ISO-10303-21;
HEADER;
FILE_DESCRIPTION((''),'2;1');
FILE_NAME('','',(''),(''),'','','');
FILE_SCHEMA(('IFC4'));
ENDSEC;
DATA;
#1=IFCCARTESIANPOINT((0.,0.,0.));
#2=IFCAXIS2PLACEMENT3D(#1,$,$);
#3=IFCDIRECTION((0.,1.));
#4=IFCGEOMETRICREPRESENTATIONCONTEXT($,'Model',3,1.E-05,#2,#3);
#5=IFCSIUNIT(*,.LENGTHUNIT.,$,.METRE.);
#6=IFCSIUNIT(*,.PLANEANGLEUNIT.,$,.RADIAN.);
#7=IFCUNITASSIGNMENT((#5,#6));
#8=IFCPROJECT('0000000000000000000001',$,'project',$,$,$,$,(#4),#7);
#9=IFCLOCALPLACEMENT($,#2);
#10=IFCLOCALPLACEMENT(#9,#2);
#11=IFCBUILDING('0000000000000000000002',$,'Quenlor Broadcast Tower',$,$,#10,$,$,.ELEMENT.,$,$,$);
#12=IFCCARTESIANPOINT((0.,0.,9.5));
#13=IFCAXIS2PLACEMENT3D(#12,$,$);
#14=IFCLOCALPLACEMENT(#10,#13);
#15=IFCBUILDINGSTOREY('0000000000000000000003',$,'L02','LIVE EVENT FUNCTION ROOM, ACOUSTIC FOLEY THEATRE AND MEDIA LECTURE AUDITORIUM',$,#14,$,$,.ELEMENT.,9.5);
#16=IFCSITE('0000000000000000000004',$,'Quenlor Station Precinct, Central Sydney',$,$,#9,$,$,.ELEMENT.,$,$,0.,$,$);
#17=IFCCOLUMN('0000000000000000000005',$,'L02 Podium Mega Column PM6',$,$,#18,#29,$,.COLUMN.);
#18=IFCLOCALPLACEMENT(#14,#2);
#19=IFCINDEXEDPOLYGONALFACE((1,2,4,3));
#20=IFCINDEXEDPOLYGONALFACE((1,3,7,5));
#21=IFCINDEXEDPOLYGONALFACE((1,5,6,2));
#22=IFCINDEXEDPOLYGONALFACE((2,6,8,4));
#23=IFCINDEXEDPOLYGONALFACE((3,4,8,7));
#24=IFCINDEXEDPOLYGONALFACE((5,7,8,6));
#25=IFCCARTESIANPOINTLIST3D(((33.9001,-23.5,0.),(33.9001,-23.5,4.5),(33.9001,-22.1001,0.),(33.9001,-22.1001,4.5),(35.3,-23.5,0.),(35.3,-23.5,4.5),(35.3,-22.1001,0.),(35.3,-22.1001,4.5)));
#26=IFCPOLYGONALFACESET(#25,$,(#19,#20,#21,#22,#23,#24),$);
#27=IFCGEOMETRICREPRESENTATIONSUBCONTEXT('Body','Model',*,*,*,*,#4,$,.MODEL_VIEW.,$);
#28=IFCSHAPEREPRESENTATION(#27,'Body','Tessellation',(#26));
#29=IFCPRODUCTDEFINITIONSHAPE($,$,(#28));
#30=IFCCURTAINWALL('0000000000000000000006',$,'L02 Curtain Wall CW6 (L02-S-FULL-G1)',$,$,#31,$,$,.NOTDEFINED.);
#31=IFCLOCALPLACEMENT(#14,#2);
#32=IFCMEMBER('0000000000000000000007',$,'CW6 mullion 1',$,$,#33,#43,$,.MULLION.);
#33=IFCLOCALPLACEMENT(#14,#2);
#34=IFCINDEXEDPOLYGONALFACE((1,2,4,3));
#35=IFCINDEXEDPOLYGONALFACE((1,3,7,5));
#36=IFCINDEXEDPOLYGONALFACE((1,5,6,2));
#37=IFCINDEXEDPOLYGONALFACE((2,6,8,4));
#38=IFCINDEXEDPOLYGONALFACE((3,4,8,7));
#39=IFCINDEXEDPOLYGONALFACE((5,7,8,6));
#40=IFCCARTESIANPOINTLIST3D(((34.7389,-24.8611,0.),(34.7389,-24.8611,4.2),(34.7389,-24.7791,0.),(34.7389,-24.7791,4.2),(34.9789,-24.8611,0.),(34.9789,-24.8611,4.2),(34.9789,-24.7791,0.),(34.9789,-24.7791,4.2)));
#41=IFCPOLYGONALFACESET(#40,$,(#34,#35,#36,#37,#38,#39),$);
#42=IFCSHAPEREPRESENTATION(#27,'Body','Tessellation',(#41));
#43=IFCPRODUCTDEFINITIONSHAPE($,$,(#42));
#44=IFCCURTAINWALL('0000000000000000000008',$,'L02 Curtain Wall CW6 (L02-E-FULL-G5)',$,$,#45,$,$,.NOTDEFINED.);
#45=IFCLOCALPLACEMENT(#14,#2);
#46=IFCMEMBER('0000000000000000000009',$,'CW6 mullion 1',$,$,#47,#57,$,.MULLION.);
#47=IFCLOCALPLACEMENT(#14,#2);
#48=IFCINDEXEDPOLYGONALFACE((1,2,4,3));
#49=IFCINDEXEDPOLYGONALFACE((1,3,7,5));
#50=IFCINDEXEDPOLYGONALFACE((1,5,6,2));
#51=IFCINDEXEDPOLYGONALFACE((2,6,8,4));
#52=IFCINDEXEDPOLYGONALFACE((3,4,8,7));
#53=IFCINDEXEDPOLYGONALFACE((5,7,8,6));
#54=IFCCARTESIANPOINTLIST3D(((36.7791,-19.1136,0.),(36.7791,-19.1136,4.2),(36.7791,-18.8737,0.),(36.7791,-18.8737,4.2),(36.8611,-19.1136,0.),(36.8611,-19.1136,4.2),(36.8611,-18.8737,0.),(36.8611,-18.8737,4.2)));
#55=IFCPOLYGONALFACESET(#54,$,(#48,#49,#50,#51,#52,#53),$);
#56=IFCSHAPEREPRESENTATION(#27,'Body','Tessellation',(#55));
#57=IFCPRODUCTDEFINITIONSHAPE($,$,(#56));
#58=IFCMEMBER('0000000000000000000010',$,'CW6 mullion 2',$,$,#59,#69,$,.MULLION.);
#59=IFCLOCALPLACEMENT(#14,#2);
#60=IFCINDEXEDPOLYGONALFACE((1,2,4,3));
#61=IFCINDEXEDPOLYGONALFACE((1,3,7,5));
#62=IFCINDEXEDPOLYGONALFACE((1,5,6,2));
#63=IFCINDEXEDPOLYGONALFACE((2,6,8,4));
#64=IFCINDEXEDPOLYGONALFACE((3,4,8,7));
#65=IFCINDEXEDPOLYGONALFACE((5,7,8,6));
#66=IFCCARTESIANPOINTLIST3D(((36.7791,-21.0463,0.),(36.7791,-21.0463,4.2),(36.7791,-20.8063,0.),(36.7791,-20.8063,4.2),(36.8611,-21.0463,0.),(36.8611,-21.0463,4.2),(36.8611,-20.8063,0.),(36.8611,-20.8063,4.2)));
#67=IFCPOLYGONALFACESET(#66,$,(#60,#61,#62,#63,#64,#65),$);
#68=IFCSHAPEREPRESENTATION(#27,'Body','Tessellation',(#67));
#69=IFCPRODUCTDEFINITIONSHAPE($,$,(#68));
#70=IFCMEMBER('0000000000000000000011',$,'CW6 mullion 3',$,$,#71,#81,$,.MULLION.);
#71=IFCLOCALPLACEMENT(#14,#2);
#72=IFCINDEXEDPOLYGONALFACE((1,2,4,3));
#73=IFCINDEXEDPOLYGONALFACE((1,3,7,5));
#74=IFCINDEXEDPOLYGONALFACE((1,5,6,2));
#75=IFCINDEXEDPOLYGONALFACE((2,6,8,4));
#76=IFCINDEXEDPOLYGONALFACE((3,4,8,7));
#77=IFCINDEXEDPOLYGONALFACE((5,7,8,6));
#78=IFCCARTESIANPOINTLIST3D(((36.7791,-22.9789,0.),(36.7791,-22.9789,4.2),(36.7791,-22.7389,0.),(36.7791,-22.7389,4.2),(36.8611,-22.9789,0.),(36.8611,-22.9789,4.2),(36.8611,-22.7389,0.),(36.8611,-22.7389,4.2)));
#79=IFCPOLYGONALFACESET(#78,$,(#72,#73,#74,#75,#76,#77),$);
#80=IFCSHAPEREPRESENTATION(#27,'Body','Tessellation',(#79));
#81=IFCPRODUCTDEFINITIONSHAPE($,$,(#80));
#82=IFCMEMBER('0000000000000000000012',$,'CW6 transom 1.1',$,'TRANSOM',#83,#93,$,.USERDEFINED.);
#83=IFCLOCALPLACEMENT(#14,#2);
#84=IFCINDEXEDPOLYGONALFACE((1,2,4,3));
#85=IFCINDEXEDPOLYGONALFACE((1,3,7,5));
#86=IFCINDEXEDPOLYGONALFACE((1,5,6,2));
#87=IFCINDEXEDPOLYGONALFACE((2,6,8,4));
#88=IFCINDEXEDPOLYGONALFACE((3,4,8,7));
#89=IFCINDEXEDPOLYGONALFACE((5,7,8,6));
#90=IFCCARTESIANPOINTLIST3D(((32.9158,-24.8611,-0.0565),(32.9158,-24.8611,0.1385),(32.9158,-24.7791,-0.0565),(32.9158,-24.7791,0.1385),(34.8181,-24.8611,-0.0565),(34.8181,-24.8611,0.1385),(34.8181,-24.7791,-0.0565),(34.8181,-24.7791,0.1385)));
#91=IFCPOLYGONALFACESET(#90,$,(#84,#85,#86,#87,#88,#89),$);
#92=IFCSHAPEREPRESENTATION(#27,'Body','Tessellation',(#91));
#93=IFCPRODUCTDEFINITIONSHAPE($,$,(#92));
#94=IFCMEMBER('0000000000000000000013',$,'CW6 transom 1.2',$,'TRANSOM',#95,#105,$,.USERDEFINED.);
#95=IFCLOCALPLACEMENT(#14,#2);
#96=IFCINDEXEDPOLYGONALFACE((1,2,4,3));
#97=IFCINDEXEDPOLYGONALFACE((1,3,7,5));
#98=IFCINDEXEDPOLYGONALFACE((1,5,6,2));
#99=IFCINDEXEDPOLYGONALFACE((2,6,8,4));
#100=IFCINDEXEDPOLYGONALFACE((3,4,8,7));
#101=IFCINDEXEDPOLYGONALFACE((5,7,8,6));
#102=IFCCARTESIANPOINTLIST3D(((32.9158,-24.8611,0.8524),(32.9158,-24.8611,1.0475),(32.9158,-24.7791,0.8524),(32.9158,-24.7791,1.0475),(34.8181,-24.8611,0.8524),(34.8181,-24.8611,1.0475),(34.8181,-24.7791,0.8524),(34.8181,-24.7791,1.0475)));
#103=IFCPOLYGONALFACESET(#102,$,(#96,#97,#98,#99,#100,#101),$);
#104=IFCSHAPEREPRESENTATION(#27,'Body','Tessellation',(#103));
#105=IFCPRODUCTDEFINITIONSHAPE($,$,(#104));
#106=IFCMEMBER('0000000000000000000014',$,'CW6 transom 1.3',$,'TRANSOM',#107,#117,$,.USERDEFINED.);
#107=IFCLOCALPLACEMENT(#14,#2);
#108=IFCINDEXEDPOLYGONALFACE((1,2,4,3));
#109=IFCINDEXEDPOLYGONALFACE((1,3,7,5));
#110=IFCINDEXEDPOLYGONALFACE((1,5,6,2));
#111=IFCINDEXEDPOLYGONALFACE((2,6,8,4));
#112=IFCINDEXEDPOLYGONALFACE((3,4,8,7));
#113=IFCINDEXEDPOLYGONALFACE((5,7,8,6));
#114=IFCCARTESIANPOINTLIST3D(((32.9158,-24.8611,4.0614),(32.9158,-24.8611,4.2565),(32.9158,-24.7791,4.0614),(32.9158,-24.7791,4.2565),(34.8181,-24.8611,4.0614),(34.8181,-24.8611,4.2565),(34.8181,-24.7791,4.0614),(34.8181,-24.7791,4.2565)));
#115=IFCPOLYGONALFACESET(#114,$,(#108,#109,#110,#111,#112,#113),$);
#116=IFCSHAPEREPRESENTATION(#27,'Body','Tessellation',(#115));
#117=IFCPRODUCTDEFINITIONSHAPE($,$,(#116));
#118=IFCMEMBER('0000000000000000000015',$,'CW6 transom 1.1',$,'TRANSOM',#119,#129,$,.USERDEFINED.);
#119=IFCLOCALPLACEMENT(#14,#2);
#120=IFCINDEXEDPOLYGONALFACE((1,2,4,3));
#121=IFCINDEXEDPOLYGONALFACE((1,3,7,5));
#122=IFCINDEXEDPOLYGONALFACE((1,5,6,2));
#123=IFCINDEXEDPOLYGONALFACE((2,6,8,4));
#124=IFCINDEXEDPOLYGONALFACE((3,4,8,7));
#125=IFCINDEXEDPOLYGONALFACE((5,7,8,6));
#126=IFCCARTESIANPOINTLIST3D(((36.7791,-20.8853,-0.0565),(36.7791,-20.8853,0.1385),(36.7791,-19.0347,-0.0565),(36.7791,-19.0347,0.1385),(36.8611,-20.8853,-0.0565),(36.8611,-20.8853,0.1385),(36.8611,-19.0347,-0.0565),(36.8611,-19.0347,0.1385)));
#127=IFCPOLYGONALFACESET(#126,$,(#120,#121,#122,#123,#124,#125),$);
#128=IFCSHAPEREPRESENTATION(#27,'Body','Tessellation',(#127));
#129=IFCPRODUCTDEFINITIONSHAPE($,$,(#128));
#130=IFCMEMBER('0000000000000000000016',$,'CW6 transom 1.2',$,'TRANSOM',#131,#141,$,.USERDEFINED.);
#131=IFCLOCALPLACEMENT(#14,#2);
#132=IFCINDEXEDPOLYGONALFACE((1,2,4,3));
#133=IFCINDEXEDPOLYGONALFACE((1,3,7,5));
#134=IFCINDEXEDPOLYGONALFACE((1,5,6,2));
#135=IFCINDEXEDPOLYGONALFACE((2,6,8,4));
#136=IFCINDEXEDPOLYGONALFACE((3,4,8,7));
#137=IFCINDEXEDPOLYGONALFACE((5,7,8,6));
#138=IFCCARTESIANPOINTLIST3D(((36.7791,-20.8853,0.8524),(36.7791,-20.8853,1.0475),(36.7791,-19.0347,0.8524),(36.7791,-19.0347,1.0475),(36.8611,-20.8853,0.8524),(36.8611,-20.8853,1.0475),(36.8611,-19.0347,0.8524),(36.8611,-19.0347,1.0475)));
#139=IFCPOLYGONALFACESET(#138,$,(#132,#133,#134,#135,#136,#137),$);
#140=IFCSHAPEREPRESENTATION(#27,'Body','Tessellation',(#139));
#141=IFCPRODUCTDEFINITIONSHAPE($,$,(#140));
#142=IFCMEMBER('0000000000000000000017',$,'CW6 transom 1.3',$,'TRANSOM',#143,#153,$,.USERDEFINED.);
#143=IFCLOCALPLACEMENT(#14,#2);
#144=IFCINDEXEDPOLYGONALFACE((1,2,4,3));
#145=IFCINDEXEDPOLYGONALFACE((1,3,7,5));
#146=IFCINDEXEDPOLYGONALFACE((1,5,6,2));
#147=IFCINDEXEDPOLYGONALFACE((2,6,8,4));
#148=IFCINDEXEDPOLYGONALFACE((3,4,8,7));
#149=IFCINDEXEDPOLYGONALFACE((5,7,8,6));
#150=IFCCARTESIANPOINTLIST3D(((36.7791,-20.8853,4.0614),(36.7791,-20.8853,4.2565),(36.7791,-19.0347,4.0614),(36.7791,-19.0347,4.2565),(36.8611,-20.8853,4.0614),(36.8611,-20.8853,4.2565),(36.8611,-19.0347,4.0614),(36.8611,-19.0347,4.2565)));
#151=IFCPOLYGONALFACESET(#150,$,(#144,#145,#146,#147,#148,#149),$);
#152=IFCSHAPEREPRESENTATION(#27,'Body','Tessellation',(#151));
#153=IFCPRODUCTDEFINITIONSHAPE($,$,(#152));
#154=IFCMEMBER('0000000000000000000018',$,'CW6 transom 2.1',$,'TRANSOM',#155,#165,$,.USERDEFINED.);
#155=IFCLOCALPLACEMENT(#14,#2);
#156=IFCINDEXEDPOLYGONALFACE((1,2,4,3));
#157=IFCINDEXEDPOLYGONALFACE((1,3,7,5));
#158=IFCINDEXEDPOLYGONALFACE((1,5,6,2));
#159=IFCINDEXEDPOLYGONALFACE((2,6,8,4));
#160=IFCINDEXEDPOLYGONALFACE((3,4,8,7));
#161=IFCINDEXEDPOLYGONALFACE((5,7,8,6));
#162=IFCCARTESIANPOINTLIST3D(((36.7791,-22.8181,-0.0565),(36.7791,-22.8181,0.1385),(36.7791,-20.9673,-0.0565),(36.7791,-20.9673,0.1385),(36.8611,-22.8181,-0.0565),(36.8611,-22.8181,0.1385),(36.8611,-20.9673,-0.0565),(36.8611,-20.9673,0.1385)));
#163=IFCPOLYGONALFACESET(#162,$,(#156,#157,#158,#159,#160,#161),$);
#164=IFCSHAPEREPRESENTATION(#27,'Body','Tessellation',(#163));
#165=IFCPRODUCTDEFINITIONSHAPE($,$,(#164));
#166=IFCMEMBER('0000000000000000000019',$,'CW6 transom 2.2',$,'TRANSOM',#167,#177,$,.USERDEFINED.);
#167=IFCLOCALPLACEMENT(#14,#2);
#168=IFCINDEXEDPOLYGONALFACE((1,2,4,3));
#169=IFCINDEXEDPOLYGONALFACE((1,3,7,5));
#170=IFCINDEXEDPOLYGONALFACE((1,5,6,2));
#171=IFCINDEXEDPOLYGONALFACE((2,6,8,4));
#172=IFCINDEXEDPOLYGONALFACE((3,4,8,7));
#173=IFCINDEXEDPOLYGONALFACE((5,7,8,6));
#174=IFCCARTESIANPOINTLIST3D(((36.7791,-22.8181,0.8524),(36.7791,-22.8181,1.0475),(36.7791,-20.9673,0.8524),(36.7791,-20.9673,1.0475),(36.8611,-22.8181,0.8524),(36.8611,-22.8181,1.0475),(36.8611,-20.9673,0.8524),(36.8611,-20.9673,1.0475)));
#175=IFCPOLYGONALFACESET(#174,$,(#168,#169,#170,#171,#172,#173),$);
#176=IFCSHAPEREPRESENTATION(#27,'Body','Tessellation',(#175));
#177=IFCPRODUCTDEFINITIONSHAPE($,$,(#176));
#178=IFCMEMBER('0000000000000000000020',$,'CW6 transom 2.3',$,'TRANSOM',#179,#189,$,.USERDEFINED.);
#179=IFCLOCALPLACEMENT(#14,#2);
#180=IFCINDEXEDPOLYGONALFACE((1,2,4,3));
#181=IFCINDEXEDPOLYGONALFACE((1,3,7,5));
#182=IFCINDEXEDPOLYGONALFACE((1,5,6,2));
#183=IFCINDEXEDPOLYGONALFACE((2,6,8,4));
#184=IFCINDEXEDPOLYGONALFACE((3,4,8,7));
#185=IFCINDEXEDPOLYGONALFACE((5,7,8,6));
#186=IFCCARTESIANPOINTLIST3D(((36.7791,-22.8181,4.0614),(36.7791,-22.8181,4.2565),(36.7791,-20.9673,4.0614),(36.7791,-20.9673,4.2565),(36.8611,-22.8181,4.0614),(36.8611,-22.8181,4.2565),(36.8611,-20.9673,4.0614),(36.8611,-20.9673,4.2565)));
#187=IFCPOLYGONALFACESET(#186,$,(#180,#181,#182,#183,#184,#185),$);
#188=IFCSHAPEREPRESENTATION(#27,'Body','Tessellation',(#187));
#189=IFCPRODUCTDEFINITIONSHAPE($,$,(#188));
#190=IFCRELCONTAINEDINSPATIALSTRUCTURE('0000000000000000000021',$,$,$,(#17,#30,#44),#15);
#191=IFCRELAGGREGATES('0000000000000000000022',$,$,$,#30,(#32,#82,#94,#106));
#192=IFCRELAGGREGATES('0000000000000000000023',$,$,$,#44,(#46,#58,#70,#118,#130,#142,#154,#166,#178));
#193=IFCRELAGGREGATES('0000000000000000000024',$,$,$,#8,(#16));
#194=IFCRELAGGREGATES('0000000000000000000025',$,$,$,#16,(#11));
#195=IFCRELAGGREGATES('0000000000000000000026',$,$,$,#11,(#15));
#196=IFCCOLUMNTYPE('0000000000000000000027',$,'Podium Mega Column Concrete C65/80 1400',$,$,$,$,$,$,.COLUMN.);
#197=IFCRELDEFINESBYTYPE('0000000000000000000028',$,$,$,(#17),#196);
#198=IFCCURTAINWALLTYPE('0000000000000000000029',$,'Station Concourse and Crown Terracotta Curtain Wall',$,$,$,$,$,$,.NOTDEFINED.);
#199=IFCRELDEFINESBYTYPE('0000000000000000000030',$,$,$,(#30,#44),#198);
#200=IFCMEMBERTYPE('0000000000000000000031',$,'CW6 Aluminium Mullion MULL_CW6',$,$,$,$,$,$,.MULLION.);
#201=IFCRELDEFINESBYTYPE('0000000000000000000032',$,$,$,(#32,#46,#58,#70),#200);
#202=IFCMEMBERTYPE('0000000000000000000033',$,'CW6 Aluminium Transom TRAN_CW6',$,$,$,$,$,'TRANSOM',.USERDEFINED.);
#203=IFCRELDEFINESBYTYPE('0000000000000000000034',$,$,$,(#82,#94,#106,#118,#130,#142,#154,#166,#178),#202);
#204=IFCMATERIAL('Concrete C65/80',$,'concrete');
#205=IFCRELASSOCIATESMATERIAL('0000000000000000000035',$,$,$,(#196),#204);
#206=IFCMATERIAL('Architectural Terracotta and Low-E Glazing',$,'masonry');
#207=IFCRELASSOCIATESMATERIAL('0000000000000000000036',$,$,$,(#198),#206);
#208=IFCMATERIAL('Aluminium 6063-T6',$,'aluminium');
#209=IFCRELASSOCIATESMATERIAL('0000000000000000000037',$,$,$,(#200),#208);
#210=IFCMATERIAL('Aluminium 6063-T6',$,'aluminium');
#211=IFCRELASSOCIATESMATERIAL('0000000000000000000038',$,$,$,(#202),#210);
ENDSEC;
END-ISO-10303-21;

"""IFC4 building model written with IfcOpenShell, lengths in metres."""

from ifc_helpers import new_model, si_unit, direction, frame, origin, origin_2d, place, context, subcontext, project, spatial, rectangle, extrude, material, material_profile, profile_set, type_object, element, aggregate, save


model = new_model("IFC4")

# Units and contexts
model_context = context("Model", 3, precision=1e-05, world=origin(), true_north=direction((0.0, 1.0)))
body_context = subcontext(model_context, "Body", "Model", "MODEL_VIEW")
ifc_project = project(units=[si_unit("LENGTHUNIT", "METRE"), si_unit("PLANEANGLEUNIT", "RADIAN")], contexts=[model_context])

# Site, building, storey
site_placement = place(None, origin())
site = spatial("IfcSite", under=ifc_project, at=site_placement, Name="Quenlor Station Precinct, Central Sydney", CompositionType="ELEMENT", RefElevation=0.0)
building_placement = place(site_placement, origin())
building = spatial("IfcBuilding", under=site, at=building_placement, Name="Quenlor Broadcast Tower", CompositionType="ELEMENT")
storey_placement = place(building_placement, frame((0.0, 0.0, 9.5)))
storey = spatial("IfcBuildingStorey", under=building, at=storey_placement, Name="L02", Description="LIVE EVENT FUNCTION ROOM, ACOUSTIC FOLEY THEATRE AND MEDIA LECTURE AUDITORIUM", CompositionType="ELEMENT", Elevation=9.5)

# Column
ifc_material_1 = material(Name="Concrete C65/80", Category="concrete")
ifc_material_profile_1 = material_profile(ifc_material_1, rectangle(XDim=1.3999, YDim=1.3999, at=origin_2d()))
ifc_profile_set_1 = profile_set([ifc_material_profile_1], Name="Concrete C65/80 RC1400x1400")
column_type = type_object("IfcColumnType", Name="Podium Mega Column Concrete C65/80 1400", PredefinedType="COLUMN", material=ifc_profile_set_1)
column_placement = place(storey_placement, frame((34.6001, -22.8, 0.0), z_axis=(0.0, 0.0, 1.0), x_axis=(1.0, 0.0, 0.0)))
element("IfcColumn", 1, at=column_placement, inside=storey, type_object=column_type, Name="L02 Podium Mega Column PM6", PredefinedType="COLUMN", context=body_context, shape_type="SweptSolid", body=[
    extrude(rectangle(XDim=1.3999, YDim=1.3999, at=origin_2d()), origin(), (0.0, 0.0, 1.0), 4.5),
])

# Curtain wall, member
ifc_material_2 = material(Name="Architectural Terracotta and Low-E Glazing", Category="masonry")
curtain_wall_type = type_object("IfcCurtainWallType", Name="Station Concourse and Crown Terracotta Curtain Wall", PredefinedType="NOTDEFINED", material=ifc_material_2)
curtain_wall_1_placement = place(storey_placement, origin())
curtain_wall_1 = element("IfcCurtainWall", 2, at=curtain_wall_1_placement, inside=storey, type_object=curtain_wall_type, Name="L02 Curtain Wall CW6 (L02-S-FULL-G1)", PredefinedType="NOTDEFINED")
ifc_material_3 = material(Name="Aluminium 6063-T6", Category="aluminium")
ifc_material_profile_2 = material_profile(ifc_material_3, rectangle(XDim=0.082, YDim=0.24, at=origin_2d()))
ifc_profile_set_2 = profile_set([ifc_material_profile_2], Name="Aluminium 6063-T6 MULL82x240")
member_type_1 = type_object("IfcMemberType", Name="CW6 Aluminium Mullion MULL_CW6", PredefinedType="MULLION", material=ifc_profile_set_2)
member_1_placement = place(storey_placement, frame((34.8589, -24.8201, 0.0), z_axis=(0.0, 0.0, 1.0), x_axis=(0.0, -1.0, 0.0)))
member_1 = element("IfcMember", 3, at=member_1_placement, type_object=member_type_1, Name="CW6 mullion 1", PredefinedType="MULLION", context=body_context, shape_type="SweptSolid", body=[
    extrude(rectangle(XDim=0.082, YDim=0.24, at=origin_2d()), origin(), (0.0, 0.0, 1.0), 4.2),
])

# Curtain wall, members
curtain_wall_2_placement = place(storey_placement, origin())
curtain_wall_2 = element("IfcCurtainWall", 4, at=curtain_wall_2_placement, inside=storey, type_object=curtain_wall_type, Name="L02 Curtain Wall CW6 (L02-E-FULL-G5)", PredefinedType="NOTDEFINED")
member_2_placement = place(storey_placement, frame((36.8201, -18.9937, 0.0), z_axis=(0.0, 0.0, 1.0), x_axis=(1.0, 0.0, 0.0)))
member_2 = element("IfcMember", 5, at=member_2_placement, type_object=member_type_1, Name="CW6 mullion 1", PredefinedType="MULLION", context=body_context, shape_type="SweptSolid", body=[
    extrude(rectangle(XDim=0.082, YDim=0.24, at=origin_2d()), origin(), (0.0, 0.0, 1.0), 4.2),
])
member_3_placement = place(storey_placement, frame((36.8201, -20.9263, 0.0), z_axis=(0.0, 0.0, 1.0), x_axis=(1.0, 0.0, 0.0)))
member_3 = element("IfcMember", 6, at=member_3_placement, type_object=member_type_1, Name="CW6 mullion 2", PredefinedType="MULLION", context=body_context, shape_type="SweptSolid", body=[
    extrude(rectangle(XDim=0.082, YDim=0.24, at=origin_2d()), origin(), (0.0, 0.0, 1.0), 4.2),
])
member_4_placement = place(storey_placement, frame((36.8201, -22.8589, 0.0), z_axis=(0.0, 0.0, 1.0), x_axis=(1.0, 0.0, 0.0)))
member_4 = element("IfcMember", 7, at=member_4_placement, type_object=member_type_1, Name="CW6 mullion 3", PredefinedType="MULLION", context=body_context, shape_type="SweptSolid", body=[
    extrude(rectangle(XDim=0.082, YDim=0.24, at=origin_2d()), origin(), (0.0, 0.0, 1.0), 4.2),
])

# Members
ifc_material_4 = material(Name="Aluminium 6063-T6", Category="aluminium")
ifc_material_profile_3 = material_profile(ifc_material_4, rectangle(XDim=0.082, YDim=0.1951, at=origin_2d()))
ifc_profile_set_3 = profile_set([ifc_material_profile_3], Name="Aluminium 6063-T6 TRAN82x195")
member_type_2 = type_object("IfcMemberType", Name="CW6 Aluminium Transom TRAN_CW6", ElementType="TRANSOM", PredefinedType="USERDEFINED", material=ifc_profile_set_3)
member_5_placement = place(storey_placement, frame((34.8181, -24.8201, 0.041), z_axis=(-1.0, 0.0, 0.0), x_axis=(0.0, -1.0, 0.0)))
member_5 = element("IfcMember", 8, at=member_5_placement, type_object=member_type_2, Name="CW6 transom 1.1", ObjectType="TRANSOM", PredefinedType="USERDEFINED", context=body_context, shape_type="SweptSolid", body=[
    extrude(rectangle(XDim=0.082, YDim=0.1951, at=origin_2d()), origin(), (0.0, 0.0, 1.0), 1.9023),
])
member_6_placement = place(storey_placement, frame((34.8181, -24.8201, 0.95), z_axis=(-1.0, 0.0, 0.0), x_axis=(0.0, -1.0, 0.0)))
member_6 = element("IfcMember", 9, at=member_6_placement, type_object=member_type_2, Name="CW6 transom 1.2", ObjectType="TRANSOM", PredefinedType="USERDEFINED", context=body_context, shape_type="SweptSolid", body=[
    extrude(rectangle(XDim=0.082, YDim=0.1951, at=origin_2d()), origin(), (0.0, 0.0, 1.0), 1.9023),
])
member_7_placement = place(storey_placement, frame((34.8181, -24.8201, 4.1589), z_axis=(-1.0, 0.0, 0.0), x_axis=(0.0, -1.0, 0.0)))
member_7 = element("IfcMember", 10, at=member_7_placement, type_object=member_type_2, Name="CW6 transom 1.3", ObjectType="TRANSOM", PredefinedType="USERDEFINED", context=body_context, shape_type="SweptSolid", body=[
    extrude(rectangle(XDim=0.082, YDim=0.1951, at=origin_2d()), origin(), (0.0, 0.0, 1.0), 1.9023),
])
member_8_placement = place(storey_placement, frame((36.8201, -19.0347, 0.041), z_axis=(0.0, -1.0, 0.0), x_axis=(1.0, 0.0, 0.0)))
member_8 = element("IfcMember", 11, at=member_8_placement, type_object=member_type_2, Name="CW6 transom 1.1", ObjectType="TRANSOM", PredefinedType="USERDEFINED", context=body_context, shape_type="SweptSolid", body=[
    extrude(rectangle(XDim=0.082, YDim=0.1951, at=origin_2d()), origin(), (0.0, 0.0, 1.0), 1.8506),
])
member_9_placement = place(storey_placement, frame((36.8201, -19.0347, 0.95), z_axis=(0.0, -1.0, 0.0), x_axis=(1.0, 0.0, 0.0)))
member_9 = element("IfcMember", 12, at=member_9_placement, type_object=member_type_2, Name="CW6 transom 1.2", ObjectType="TRANSOM", PredefinedType="USERDEFINED", context=body_context, shape_type="SweptSolid", body=[
    extrude(rectangle(XDim=0.082, YDim=0.1951, at=origin_2d()), origin(), (0.0, 0.0, 1.0), 1.8506),
])
member_10_placement = place(storey_placement, frame((36.8201, -19.0347, 4.1589), z_axis=(0.0, -1.0, 0.0), x_axis=(1.0, 0.0, 0.0)))
member_10 = element("IfcMember", 13, at=member_10_placement, type_object=member_type_2, Name="CW6 transom 1.3", ObjectType="TRANSOM", PredefinedType="USERDEFINED", context=body_context, shape_type="SweptSolid", body=[
    extrude(rectangle(XDim=0.082, YDim=0.1951, at=origin_2d()), origin(), (0.0, 0.0, 1.0), 1.8506),
])
member_11_placement = place(storey_placement, frame((36.8201, -20.9673, 0.041), z_axis=(0.0, -1.0, 0.0), x_axis=(1.0, 0.0, 0.0)))
member_11 = element("IfcMember", 14, at=member_11_placement, type_object=member_type_2, Name="CW6 transom 2.1", ObjectType="TRANSOM", PredefinedType="USERDEFINED", context=body_context, shape_type="SweptSolid", body=[
    extrude(rectangle(XDim=0.082, YDim=0.1951, at=origin_2d()), origin(), (0.0, 0.0, 1.0), 1.8508),
])
member_12_placement = place(storey_placement, frame((36.8201, -20.9673, 0.95), z_axis=(0.0, -1.0, 0.0), x_axis=(1.0, 0.0, 0.0)))
member_12 = element("IfcMember", 15, at=member_12_placement, type_object=member_type_2, Name="CW6 transom 2.2", ObjectType="TRANSOM", PredefinedType="USERDEFINED", context=body_context, shape_type="SweptSolid", body=[
    extrude(rectangle(XDim=0.082, YDim=0.1951, at=origin_2d()), origin(), (0.0, 0.0, 1.0), 1.8508),
])
member_13_placement = place(storey_placement, frame((36.8201, -20.9673, 4.1589), z_axis=(0.0, -1.0, 0.0), x_axis=(1.0, 0.0, 0.0)))
member_13 = element("IfcMember", 16, at=member_13_placement, type_object=member_type_2, Name="CW6 transom 2.3", ObjectType="TRANSOM", PredefinedType="USERDEFINED", context=body_context, shape_type="SweptSolid", body=[
    extrude(rectangle(XDim=0.082, YDim=0.1951, at=origin_2d()), origin(), (0.0, 0.0, 1.0), 1.8508),
])

aggregate(curtain_wall_1, [member_1, member_5, member_6, member_7])
aggregate(curtain_wall_2, [member_2, member_3, member_4, member_8, member_9, member_10, member_11, member_12, member_13])

save(model, "model.ifc")
